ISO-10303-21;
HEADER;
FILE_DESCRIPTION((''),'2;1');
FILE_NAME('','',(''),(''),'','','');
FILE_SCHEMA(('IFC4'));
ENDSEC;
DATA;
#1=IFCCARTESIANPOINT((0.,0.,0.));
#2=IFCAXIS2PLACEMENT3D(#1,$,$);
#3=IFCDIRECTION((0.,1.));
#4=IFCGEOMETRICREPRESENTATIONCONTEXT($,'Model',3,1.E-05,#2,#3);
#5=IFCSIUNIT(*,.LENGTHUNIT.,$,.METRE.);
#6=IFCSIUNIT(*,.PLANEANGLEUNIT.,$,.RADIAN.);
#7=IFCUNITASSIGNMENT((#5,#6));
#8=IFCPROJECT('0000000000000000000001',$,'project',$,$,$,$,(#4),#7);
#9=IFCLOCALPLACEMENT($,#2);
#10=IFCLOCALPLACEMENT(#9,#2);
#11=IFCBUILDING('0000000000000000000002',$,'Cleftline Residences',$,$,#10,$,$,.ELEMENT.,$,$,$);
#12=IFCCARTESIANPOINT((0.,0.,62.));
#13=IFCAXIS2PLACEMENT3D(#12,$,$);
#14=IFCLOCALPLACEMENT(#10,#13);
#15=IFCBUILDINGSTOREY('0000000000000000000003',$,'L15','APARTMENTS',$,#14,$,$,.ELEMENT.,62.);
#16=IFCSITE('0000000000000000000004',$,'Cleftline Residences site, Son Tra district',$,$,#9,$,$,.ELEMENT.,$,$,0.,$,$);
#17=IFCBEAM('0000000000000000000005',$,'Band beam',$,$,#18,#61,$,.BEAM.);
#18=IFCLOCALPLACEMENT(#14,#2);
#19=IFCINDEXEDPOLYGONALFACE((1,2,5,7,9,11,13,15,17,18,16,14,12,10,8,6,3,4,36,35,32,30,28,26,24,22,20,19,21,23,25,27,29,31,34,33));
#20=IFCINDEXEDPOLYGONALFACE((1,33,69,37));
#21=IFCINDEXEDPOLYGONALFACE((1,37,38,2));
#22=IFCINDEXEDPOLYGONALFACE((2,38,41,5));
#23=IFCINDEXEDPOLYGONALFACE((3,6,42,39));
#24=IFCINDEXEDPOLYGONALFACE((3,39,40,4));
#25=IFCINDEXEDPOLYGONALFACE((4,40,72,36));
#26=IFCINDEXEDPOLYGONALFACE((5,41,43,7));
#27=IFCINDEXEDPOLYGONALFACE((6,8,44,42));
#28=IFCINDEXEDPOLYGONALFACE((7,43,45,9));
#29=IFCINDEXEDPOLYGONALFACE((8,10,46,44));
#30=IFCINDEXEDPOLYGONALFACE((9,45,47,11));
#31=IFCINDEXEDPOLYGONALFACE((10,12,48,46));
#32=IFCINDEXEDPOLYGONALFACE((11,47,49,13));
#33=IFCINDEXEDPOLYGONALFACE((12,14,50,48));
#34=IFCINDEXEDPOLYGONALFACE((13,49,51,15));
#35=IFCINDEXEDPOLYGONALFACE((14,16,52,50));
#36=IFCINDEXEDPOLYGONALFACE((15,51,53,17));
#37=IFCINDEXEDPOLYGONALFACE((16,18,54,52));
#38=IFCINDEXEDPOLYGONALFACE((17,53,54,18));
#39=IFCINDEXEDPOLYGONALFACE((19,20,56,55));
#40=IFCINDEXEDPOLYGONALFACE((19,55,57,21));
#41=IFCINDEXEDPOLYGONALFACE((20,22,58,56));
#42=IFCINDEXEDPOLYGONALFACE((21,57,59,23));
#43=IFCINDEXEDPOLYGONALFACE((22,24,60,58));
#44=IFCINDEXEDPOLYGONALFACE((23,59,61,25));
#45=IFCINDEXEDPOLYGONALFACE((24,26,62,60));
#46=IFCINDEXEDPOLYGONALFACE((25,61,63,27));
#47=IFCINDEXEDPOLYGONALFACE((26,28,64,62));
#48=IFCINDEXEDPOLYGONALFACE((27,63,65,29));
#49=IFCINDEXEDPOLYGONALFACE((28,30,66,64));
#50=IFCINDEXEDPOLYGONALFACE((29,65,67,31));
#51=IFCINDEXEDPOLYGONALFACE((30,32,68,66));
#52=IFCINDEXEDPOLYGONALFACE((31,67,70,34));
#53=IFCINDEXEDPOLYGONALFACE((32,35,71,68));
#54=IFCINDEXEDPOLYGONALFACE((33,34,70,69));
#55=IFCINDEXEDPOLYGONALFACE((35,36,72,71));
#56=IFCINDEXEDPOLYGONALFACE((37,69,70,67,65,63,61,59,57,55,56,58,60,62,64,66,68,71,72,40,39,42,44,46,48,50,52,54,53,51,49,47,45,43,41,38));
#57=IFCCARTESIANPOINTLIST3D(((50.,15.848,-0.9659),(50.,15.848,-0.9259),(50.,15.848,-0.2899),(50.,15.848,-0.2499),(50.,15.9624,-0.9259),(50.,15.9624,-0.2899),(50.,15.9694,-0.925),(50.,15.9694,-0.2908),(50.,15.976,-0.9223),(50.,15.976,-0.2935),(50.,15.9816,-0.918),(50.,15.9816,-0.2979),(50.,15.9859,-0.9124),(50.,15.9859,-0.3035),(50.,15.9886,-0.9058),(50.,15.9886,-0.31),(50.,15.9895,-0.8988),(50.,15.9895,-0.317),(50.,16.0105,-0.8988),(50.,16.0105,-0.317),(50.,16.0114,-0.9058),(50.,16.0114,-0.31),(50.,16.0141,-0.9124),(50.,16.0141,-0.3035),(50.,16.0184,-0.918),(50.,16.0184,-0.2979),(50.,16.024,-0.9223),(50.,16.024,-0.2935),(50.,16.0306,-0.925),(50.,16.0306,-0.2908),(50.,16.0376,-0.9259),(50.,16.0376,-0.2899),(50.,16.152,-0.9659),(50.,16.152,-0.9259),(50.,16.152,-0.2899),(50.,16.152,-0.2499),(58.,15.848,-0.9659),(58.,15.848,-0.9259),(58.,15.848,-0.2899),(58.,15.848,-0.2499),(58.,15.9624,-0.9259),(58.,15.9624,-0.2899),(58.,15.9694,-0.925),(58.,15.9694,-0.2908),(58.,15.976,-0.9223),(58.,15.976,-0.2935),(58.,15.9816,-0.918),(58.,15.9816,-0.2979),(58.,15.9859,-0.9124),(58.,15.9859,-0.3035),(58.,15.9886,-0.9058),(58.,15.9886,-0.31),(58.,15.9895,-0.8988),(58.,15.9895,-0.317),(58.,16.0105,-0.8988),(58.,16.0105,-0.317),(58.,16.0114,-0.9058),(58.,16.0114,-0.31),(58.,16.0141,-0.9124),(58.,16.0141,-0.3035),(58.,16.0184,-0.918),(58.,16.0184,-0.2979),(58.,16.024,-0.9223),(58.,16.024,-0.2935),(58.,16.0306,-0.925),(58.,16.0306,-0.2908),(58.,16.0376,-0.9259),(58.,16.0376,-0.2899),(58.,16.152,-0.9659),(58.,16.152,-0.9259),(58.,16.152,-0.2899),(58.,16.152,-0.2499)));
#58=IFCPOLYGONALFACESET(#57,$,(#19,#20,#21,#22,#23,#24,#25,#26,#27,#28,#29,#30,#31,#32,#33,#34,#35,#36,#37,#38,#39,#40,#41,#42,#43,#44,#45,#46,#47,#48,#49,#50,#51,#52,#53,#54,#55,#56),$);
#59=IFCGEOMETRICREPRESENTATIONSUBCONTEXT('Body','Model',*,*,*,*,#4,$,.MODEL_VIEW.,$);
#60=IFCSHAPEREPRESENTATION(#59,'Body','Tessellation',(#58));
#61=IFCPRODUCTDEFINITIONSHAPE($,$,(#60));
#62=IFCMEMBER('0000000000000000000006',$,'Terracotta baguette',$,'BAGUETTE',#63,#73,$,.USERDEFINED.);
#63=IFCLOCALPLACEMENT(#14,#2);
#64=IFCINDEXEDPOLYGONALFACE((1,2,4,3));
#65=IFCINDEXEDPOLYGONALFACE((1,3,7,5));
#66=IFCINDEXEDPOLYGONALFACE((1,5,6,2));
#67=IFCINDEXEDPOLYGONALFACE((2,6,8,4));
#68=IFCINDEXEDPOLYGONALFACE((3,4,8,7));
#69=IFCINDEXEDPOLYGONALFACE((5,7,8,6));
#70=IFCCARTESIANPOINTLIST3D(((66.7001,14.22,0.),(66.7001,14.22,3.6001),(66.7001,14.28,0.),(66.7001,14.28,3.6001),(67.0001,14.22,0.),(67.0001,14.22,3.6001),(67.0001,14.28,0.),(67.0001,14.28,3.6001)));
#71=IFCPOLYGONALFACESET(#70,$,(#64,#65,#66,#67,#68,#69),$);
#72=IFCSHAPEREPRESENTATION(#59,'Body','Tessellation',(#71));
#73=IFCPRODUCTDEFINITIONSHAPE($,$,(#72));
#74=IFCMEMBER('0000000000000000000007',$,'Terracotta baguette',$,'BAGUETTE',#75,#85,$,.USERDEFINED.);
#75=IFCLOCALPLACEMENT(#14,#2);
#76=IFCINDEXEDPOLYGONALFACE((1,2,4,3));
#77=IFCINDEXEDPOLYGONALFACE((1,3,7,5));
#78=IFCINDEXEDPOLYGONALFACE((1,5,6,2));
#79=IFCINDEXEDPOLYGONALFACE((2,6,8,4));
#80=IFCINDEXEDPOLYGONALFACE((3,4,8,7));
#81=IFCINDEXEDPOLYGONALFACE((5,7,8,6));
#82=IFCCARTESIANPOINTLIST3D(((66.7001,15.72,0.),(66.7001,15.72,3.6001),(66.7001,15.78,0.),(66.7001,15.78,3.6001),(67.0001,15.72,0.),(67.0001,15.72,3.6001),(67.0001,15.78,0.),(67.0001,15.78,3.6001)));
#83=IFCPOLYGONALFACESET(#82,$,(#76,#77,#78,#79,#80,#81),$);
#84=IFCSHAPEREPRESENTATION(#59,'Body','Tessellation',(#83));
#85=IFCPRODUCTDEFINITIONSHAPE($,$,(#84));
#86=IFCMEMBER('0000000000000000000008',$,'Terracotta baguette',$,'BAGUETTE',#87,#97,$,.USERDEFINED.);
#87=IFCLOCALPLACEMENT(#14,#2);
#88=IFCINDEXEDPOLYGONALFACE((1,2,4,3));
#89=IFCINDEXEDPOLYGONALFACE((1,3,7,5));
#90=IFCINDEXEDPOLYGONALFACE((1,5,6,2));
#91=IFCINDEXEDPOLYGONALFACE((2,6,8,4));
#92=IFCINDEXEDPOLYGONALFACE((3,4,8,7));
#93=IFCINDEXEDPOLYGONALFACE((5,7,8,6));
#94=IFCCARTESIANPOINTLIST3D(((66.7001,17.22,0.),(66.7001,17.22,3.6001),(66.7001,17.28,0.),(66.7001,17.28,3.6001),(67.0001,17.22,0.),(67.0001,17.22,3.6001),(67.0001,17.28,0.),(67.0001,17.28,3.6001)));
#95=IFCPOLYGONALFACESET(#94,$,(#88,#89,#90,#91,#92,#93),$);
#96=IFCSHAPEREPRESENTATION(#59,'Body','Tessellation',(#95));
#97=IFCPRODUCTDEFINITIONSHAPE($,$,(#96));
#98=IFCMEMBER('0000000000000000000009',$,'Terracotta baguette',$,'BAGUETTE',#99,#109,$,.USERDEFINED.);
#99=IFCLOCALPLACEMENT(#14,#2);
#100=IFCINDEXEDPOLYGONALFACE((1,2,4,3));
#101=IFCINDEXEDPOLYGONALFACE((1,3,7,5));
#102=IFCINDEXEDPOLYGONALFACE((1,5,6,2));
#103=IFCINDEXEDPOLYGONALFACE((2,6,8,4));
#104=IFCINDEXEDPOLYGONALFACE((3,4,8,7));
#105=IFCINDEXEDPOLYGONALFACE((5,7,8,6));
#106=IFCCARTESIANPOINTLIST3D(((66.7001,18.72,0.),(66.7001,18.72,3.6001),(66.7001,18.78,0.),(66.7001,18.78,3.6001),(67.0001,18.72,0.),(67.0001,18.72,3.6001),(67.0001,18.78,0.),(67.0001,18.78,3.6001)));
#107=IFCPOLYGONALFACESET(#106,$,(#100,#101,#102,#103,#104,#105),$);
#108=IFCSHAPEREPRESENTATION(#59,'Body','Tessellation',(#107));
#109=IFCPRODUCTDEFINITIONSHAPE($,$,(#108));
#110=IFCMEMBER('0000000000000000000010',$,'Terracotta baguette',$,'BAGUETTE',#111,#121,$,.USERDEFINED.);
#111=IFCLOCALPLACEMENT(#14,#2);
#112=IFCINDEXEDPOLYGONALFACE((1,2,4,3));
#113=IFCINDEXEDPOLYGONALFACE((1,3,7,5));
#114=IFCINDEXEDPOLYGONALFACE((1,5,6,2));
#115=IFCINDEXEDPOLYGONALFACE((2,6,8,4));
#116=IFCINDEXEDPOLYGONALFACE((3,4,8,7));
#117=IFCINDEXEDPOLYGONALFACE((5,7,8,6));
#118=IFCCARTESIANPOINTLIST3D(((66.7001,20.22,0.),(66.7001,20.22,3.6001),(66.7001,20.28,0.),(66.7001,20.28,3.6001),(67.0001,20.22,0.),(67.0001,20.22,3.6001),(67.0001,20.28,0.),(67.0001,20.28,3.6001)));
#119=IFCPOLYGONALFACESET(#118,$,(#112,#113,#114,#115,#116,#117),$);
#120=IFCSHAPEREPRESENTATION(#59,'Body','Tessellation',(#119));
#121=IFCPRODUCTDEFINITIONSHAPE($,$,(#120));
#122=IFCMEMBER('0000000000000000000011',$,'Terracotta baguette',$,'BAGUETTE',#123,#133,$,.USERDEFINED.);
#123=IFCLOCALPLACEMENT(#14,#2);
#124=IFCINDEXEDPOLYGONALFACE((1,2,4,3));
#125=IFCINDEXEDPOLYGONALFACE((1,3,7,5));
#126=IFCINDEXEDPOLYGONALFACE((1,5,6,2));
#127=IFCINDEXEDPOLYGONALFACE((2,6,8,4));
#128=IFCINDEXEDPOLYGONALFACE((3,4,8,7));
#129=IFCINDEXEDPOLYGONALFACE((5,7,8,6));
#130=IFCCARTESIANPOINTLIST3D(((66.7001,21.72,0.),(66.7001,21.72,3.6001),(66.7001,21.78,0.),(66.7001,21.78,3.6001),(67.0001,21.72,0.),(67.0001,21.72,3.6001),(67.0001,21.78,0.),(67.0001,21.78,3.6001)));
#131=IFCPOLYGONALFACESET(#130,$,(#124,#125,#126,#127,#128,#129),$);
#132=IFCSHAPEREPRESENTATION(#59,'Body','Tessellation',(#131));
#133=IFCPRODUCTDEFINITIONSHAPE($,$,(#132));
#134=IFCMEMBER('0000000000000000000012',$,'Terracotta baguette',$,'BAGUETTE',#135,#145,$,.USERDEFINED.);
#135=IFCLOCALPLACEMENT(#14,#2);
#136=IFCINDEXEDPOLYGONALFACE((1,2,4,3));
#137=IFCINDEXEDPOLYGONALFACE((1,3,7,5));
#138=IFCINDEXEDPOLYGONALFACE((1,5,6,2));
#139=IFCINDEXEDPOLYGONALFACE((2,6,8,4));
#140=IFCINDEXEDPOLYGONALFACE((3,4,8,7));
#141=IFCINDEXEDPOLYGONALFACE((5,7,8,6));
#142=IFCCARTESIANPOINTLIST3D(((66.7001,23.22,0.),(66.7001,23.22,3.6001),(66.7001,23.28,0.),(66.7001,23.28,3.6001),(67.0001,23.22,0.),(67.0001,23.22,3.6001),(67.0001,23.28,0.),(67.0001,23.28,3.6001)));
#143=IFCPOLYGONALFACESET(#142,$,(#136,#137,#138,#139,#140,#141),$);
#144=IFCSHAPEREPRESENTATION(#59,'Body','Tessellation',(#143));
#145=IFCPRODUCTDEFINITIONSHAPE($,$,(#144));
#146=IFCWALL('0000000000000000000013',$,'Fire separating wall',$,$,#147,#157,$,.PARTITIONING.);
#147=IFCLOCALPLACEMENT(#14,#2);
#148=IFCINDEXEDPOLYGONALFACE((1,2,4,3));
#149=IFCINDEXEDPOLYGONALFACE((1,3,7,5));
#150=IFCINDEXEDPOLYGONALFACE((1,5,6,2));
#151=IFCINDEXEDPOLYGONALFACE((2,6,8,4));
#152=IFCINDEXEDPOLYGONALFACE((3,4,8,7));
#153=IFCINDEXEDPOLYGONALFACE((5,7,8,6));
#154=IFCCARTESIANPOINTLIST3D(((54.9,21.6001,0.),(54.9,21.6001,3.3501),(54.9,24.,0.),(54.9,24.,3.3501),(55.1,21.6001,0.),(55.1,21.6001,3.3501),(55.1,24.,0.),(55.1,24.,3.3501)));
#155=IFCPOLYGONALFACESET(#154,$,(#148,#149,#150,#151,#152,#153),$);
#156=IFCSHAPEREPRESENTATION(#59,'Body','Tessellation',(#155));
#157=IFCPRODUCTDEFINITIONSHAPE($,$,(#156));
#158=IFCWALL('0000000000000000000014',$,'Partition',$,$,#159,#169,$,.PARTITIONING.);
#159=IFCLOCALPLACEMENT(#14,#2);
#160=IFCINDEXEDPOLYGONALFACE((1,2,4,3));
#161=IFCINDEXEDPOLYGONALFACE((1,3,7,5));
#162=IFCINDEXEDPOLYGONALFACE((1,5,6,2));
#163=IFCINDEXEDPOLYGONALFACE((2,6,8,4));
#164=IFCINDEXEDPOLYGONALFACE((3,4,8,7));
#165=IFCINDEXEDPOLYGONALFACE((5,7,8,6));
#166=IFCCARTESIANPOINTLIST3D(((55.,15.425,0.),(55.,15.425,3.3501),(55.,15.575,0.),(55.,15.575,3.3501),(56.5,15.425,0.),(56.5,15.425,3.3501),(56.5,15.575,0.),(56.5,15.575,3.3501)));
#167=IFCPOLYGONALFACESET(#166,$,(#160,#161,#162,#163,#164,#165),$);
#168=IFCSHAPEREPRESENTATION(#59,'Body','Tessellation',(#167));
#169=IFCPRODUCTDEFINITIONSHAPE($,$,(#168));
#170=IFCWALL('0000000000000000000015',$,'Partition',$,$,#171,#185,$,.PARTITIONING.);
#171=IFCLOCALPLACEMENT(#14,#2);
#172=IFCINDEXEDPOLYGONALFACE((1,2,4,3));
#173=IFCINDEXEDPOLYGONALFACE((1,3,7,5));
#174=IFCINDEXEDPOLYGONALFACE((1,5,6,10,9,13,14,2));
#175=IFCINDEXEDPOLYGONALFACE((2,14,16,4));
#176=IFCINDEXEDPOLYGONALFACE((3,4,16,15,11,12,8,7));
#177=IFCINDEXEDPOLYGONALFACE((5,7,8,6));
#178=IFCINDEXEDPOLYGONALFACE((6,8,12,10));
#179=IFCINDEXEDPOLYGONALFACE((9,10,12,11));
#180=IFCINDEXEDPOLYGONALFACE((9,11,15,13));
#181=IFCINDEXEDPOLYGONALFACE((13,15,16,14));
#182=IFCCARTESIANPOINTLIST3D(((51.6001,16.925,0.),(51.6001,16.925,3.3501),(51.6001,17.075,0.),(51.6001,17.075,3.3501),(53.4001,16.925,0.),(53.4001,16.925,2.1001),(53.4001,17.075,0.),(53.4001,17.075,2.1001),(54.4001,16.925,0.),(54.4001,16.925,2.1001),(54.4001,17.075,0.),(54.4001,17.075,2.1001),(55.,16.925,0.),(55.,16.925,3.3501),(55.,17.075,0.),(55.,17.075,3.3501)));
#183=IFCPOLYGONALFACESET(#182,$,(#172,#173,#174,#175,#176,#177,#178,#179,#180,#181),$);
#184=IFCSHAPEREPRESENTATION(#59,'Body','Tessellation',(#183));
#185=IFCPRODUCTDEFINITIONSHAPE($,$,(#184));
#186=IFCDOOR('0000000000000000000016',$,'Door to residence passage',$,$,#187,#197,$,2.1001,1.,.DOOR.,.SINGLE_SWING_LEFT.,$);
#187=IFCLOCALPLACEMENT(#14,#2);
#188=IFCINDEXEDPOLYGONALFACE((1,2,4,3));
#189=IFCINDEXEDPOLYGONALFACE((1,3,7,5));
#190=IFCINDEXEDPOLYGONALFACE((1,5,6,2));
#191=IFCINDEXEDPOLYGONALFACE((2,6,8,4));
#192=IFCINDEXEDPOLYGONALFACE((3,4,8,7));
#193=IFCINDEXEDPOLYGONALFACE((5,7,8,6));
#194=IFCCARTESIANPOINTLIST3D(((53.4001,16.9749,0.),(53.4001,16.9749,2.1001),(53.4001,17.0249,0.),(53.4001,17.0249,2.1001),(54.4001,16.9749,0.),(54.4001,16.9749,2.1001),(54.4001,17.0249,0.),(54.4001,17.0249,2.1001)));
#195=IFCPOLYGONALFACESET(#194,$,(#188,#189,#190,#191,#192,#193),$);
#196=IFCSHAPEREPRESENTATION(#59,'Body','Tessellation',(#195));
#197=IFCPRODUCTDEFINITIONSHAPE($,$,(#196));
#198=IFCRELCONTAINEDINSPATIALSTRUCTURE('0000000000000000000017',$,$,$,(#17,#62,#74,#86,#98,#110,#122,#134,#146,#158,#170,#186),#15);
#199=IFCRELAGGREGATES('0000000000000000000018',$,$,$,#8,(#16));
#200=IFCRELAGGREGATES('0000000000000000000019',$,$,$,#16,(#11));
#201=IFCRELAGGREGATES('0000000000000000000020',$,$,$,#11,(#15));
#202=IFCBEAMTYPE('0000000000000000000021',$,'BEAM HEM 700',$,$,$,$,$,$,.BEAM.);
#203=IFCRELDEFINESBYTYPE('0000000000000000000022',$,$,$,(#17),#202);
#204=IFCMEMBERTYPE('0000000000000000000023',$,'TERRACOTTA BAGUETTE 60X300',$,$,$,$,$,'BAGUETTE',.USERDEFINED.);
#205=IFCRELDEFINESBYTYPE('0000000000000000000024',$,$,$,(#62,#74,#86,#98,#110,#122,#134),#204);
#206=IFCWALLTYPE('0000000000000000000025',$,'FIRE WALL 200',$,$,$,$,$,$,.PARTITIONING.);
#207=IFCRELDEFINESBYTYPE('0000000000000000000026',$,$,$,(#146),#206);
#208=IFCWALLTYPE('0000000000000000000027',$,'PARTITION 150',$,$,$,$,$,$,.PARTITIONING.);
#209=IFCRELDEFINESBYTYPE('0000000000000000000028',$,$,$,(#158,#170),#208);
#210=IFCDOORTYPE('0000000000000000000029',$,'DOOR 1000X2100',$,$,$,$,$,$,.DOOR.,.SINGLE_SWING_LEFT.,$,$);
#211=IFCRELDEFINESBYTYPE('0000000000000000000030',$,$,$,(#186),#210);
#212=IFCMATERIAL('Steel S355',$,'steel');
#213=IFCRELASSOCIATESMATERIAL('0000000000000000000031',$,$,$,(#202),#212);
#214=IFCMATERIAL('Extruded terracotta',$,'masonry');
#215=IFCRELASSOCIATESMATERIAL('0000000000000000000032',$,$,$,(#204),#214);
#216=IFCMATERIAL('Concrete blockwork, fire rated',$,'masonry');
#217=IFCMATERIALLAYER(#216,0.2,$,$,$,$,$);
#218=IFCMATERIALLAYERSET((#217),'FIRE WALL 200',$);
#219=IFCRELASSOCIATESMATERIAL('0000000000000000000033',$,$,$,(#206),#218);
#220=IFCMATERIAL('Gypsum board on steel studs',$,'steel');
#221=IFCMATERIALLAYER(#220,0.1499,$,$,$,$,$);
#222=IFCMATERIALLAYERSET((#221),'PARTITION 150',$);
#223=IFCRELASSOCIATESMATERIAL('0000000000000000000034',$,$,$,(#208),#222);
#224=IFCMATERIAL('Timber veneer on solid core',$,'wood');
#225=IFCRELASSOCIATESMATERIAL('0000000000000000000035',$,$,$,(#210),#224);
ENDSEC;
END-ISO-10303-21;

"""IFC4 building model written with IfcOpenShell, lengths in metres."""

from ifc_helpers import new_model, si_unit, direction, frame, frame_2d, origin, origin_2d, place, context, subcontext, project, spatial, rectangle, i_section, extrude, material, layer, layer_set, material_profile, profile_set, type_object, element, fill, save


model = new_model("IFC4")

# Units and contexts
model_context = context("Model", 3, precision=1e-05, world=origin(), true_north=direction((0.0, 1.0)))
body_context = subcontext(model_context, "Body", "Model", "MODEL_VIEW")
ifc_project = project(units=[si_unit("LENGTHUNIT", "METRE"), si_unit("PLANEANGLEUNIT", "RADIAN")], contexts=[model_context])

# Site, building, storey
site_placement = place(None, origin())
site = spatial("IfcSite", under=ifc_project, at=site_placement, Name="Cleftline Residences site, Son Tra district", CompositionType="ELEMENT", RefElevation=0.0)
building_placement = place(site_placement, origin())
building = spatial("IfcBuilding", under=site, at=building_placement, Name="Cleftline Residences", CompositionType="ELEMENT")
storey_placement = place(building_placement, frame((0.0, 0.0, 62.0)))
storey = spatial("IfcBuildingStorey", under=building, at=storey_placement, Name="L15", Description="APARTMENTS", CompositionType="ELEMENT", Elevation=62.0)

# Beam
ifc_material_1 = material(Name="Steel S355", Category="steel")
ifc_material_profile_1 = material_profile(ifc_material_1, i_section(OverallWidth=0.304, OverallDepth=0.7161, WebThickness=0.021, FlangeThickness=0.04, FilletRadius=0.0271, at=origin_2d()))
ifc_profile_set_1 = profile_set([ifc_material_profile_1], Name="Steel S355")
beam_type_1 = type_object("IfcBeamType", Name="BEAM HEM 700", PredefinedType="BEAM", material=ifc_profile_set_1)
beam_1_placement = place(storey_placement, frame((58.0, 16.0, -0.6079), z_axis=(-1.0, 0.0, 0.0), x_axis=(0.0, -1.0, 0.0)))
element("IfcBeam", 1, at=beam_1_placement, inside=storey, type_object=beam_type_1, Name="Band beam", PredefinedType="BEAM", context=body_context, shape_type="SweptSolid", body=[
    extrude(i_section(OverallWidth=0.304, OverallDepth=0.7161, WebThickness=0.021, FlangeThickness=0.04, FilletRadius=0.0271, at=origin_2d()), origin(), (0.0, 0.0, 1.0), 8.0),
])

# Members
ifc_material_2 = material(Name="Extruded terracotta", Category="masonry")
ifc_material_profile_2 = material_profile(ifc_material_2, rectangle(XDim=0.0601, YDim=0.3, at=origin_2d()))
ifc_profile_set_2 = profile_set([ifc_material_profile_2], Name="Extruded terracotta")
member_type_1 = type_object("IfcMemberType", Name="TERRACOTTA BAGUETTE 60X300", ElementType="BAGUETTE", PredefinedType="USERDEFINED", material=ifc_profile_set_2)
for number, where, z_axis, x_axis, name in (
    (2, (66.8501, 14.25, 0.0), (0.0, 0.0, 1.0), (0.0, 1.0, 0.0), "Terracotta baguette"),
    (3, (66.8501, 15.75, 0.0), (0.0, 0.0, 1.0), (0.0, 1.0, 0.0), "Terracotta baguette"),
    (4, (66.8501, 17.25, 0.0), (0.0, 0.0, 1.0), (0.0, 1.0, 0.0), "Terracotta baguette"),
    (5, (66.8501, 18.75, 0.0), (0.0, 0.0, 1.0), (0.0, 1.0, 0.0), "Terracotta baguette"),
    (6, (66.8501, 20.25, 0.0), (0.0, 0.0, 1.0), (0.0, 1.0, 0.0), "Terracotta baguette"),
    (7, (66.8501, 21.75, 0.0), (0.0, 0.0, 1.0), (0.0, 1.0, 0.0), "Terracotta baguette"),
    (8, (66.8501, 23.25, 0.0), (0.0, 0.0, 1.0), (0.0, 1.0, 0.0), "Terracotta baguette"),
):
    element("IfcMember", number, at=place(storey_placement, frame(where, z_axis=z_axis, x_axis=x_axis)), inside=storey, type_object=member_type_1, Name=name, ObjectType="BAGUETTE", PredefinedType="USERDEFINED", context=body_context, shape_type="SweptSolid", body=[
        extrude(rectangle(XDim=0.0601, YDim=0.3, at=origin_2d()), origin(), (0.0, 0.0, 1.0), 3.6001),
    ])

# Walls
ifc_material_3 = material(Name="Concrete blockwork, fire rated", Category="masonry")
ifc_layer_1 = layer(ifc_material_3, 0.2)
ifc_layer_set_1 = layer_set([ifc_layer_1], Name="FIRE WALL 200")
wall_type_1 = type_object("IfcWallType", Name="FIRE WALL 200", PredefinedType="PARTITIONING", material=ifc_layer_set_1)
wall_1_placement = place(storey_placement, frame((55.0, 21.6001, 0.0), z_axis=(0.0, 0.0, 1.0), x_axis=(0.0, 1.0, 0.0)))
element("IfcWall", 9, at=wall_1_placement, inside=storey, type_object=wall_type_1, Name="Fire separating wall", PredefinedType="PARTITIONING", context=body_context, shape_type="SweptSolid", body=[
    extrude(rectangle(XDim=2.3999, YDim=0.2, at=frame_2d((1.2, 0.0))), origin(), (0.0, 0.0, 1.0), 3.3501),
])
ifc_material_4 = material(Name="Gypsum board on steel studs", Category="steel")
ifc_layer_2 = layer(ifc_material_4, 0.1499)
ifc_layer_set_2 = layer_set([ifc_layer_2], Name="PARTITION 150")
wall_type_2 = type_object("IfcWallType", Name="PARTITION 150", PredefinedType="PARTITIONING", material=ifc_layer_set_2)
wall_2_placement = place(storey_placement, frame((55.0, 15.5, 0.0), z_axis=(0.0, 0.0, 1.0), x_axis=(1.0, 0.0, 0.0)))
element("IfcWall", 10, at=wall_2_placement, inside=storey, type_object=wall_type_2, Name="Partition", PredefinedType="PARTITIONING", context=body_context, shape_type="SweptSolid", body=[
    extrude(rectangle(XDim=1.5, YDim=0.1499, at=frame_2d((0.75, 0.0))), origin(), (0.0, 0.0, 1.0), 3.3501),
])

# Wall, opening, door
wall_3_placement = place(storey_placement, frame((51.6001, 17.0, 0.0), z_axis=(0.0, 0.0, 1.0), x_axis=(1.0, 0.0, 0.0)))
wall_3 = element("IfcWall", 11, at=wall_3_placement, inside=storey, type_object=wall_type_2, Name="Partition", PredefinedType="PARTITIONING", context=body_context, shape_type="SweptSolid", body=[
    extrude(rectangle(XDim=3.3999, YDim=0.1499, at=frame_2d((1.7, 0.0))), origin(), (0.0, 0.0, 1.0), 3.3501),
])
opening_1_placement = place(wall_3_placement, frame((1.8, 0.0, 0.0)))
opening_1 = element("IfcOpeningElement", 12, at=opening_1_placement, cuts=wall_3, PredefinedType="OPENING", context=body_context, shape_type="SweptSolid", body=[
    extrude(rectangle(XDim=1.0, YDim=2.1001, at=frame_2d((0.5, 1.05))), frame((0.0, 0.085, 0.0), z_axis=(0.0, -1.0, 0.0), x_axis=(1.0, 0.0, 0.0)), (0.0, 0.0, 1.0), 0.1699),
])
ifc_material_5 = material(Name="Timber veneer on solid core", Category="wood")
door_type = type_object("IfcDoorType", Name="DOOR 1000X2100", OperationType="SINGLE_SWING_LEFT", PredefinedType="DOOR", material=ifc_material_5)
door_1_placement = place(opening_1_placement, origin())
door_1 = element("IfcDoor", 13, at=door_1_placement, inside=storey, type_object=door_type, Name="Door to residence passage", OperationType="SINGLE_SWING_LEFT", OverallHeight=2.1001, OverallWidth=1.0, PredefinedType="DOOR", context=body_context, shape_type="SweptSolid", body=[
    extrude(rectangle(XDim=1.0, YDim=2.1001, at=frame_2d((0.5, 1.05))), frame((0.0, 0.0249, 0.0), z_axis=(0.0, -1.0, 0.0), x_axis=(1.0, 0.0, 0.0)), (0.0, 0.0, 1.0), 0.05),
])
fill(opening_1, door_1)

save(model, "model.ifc")
